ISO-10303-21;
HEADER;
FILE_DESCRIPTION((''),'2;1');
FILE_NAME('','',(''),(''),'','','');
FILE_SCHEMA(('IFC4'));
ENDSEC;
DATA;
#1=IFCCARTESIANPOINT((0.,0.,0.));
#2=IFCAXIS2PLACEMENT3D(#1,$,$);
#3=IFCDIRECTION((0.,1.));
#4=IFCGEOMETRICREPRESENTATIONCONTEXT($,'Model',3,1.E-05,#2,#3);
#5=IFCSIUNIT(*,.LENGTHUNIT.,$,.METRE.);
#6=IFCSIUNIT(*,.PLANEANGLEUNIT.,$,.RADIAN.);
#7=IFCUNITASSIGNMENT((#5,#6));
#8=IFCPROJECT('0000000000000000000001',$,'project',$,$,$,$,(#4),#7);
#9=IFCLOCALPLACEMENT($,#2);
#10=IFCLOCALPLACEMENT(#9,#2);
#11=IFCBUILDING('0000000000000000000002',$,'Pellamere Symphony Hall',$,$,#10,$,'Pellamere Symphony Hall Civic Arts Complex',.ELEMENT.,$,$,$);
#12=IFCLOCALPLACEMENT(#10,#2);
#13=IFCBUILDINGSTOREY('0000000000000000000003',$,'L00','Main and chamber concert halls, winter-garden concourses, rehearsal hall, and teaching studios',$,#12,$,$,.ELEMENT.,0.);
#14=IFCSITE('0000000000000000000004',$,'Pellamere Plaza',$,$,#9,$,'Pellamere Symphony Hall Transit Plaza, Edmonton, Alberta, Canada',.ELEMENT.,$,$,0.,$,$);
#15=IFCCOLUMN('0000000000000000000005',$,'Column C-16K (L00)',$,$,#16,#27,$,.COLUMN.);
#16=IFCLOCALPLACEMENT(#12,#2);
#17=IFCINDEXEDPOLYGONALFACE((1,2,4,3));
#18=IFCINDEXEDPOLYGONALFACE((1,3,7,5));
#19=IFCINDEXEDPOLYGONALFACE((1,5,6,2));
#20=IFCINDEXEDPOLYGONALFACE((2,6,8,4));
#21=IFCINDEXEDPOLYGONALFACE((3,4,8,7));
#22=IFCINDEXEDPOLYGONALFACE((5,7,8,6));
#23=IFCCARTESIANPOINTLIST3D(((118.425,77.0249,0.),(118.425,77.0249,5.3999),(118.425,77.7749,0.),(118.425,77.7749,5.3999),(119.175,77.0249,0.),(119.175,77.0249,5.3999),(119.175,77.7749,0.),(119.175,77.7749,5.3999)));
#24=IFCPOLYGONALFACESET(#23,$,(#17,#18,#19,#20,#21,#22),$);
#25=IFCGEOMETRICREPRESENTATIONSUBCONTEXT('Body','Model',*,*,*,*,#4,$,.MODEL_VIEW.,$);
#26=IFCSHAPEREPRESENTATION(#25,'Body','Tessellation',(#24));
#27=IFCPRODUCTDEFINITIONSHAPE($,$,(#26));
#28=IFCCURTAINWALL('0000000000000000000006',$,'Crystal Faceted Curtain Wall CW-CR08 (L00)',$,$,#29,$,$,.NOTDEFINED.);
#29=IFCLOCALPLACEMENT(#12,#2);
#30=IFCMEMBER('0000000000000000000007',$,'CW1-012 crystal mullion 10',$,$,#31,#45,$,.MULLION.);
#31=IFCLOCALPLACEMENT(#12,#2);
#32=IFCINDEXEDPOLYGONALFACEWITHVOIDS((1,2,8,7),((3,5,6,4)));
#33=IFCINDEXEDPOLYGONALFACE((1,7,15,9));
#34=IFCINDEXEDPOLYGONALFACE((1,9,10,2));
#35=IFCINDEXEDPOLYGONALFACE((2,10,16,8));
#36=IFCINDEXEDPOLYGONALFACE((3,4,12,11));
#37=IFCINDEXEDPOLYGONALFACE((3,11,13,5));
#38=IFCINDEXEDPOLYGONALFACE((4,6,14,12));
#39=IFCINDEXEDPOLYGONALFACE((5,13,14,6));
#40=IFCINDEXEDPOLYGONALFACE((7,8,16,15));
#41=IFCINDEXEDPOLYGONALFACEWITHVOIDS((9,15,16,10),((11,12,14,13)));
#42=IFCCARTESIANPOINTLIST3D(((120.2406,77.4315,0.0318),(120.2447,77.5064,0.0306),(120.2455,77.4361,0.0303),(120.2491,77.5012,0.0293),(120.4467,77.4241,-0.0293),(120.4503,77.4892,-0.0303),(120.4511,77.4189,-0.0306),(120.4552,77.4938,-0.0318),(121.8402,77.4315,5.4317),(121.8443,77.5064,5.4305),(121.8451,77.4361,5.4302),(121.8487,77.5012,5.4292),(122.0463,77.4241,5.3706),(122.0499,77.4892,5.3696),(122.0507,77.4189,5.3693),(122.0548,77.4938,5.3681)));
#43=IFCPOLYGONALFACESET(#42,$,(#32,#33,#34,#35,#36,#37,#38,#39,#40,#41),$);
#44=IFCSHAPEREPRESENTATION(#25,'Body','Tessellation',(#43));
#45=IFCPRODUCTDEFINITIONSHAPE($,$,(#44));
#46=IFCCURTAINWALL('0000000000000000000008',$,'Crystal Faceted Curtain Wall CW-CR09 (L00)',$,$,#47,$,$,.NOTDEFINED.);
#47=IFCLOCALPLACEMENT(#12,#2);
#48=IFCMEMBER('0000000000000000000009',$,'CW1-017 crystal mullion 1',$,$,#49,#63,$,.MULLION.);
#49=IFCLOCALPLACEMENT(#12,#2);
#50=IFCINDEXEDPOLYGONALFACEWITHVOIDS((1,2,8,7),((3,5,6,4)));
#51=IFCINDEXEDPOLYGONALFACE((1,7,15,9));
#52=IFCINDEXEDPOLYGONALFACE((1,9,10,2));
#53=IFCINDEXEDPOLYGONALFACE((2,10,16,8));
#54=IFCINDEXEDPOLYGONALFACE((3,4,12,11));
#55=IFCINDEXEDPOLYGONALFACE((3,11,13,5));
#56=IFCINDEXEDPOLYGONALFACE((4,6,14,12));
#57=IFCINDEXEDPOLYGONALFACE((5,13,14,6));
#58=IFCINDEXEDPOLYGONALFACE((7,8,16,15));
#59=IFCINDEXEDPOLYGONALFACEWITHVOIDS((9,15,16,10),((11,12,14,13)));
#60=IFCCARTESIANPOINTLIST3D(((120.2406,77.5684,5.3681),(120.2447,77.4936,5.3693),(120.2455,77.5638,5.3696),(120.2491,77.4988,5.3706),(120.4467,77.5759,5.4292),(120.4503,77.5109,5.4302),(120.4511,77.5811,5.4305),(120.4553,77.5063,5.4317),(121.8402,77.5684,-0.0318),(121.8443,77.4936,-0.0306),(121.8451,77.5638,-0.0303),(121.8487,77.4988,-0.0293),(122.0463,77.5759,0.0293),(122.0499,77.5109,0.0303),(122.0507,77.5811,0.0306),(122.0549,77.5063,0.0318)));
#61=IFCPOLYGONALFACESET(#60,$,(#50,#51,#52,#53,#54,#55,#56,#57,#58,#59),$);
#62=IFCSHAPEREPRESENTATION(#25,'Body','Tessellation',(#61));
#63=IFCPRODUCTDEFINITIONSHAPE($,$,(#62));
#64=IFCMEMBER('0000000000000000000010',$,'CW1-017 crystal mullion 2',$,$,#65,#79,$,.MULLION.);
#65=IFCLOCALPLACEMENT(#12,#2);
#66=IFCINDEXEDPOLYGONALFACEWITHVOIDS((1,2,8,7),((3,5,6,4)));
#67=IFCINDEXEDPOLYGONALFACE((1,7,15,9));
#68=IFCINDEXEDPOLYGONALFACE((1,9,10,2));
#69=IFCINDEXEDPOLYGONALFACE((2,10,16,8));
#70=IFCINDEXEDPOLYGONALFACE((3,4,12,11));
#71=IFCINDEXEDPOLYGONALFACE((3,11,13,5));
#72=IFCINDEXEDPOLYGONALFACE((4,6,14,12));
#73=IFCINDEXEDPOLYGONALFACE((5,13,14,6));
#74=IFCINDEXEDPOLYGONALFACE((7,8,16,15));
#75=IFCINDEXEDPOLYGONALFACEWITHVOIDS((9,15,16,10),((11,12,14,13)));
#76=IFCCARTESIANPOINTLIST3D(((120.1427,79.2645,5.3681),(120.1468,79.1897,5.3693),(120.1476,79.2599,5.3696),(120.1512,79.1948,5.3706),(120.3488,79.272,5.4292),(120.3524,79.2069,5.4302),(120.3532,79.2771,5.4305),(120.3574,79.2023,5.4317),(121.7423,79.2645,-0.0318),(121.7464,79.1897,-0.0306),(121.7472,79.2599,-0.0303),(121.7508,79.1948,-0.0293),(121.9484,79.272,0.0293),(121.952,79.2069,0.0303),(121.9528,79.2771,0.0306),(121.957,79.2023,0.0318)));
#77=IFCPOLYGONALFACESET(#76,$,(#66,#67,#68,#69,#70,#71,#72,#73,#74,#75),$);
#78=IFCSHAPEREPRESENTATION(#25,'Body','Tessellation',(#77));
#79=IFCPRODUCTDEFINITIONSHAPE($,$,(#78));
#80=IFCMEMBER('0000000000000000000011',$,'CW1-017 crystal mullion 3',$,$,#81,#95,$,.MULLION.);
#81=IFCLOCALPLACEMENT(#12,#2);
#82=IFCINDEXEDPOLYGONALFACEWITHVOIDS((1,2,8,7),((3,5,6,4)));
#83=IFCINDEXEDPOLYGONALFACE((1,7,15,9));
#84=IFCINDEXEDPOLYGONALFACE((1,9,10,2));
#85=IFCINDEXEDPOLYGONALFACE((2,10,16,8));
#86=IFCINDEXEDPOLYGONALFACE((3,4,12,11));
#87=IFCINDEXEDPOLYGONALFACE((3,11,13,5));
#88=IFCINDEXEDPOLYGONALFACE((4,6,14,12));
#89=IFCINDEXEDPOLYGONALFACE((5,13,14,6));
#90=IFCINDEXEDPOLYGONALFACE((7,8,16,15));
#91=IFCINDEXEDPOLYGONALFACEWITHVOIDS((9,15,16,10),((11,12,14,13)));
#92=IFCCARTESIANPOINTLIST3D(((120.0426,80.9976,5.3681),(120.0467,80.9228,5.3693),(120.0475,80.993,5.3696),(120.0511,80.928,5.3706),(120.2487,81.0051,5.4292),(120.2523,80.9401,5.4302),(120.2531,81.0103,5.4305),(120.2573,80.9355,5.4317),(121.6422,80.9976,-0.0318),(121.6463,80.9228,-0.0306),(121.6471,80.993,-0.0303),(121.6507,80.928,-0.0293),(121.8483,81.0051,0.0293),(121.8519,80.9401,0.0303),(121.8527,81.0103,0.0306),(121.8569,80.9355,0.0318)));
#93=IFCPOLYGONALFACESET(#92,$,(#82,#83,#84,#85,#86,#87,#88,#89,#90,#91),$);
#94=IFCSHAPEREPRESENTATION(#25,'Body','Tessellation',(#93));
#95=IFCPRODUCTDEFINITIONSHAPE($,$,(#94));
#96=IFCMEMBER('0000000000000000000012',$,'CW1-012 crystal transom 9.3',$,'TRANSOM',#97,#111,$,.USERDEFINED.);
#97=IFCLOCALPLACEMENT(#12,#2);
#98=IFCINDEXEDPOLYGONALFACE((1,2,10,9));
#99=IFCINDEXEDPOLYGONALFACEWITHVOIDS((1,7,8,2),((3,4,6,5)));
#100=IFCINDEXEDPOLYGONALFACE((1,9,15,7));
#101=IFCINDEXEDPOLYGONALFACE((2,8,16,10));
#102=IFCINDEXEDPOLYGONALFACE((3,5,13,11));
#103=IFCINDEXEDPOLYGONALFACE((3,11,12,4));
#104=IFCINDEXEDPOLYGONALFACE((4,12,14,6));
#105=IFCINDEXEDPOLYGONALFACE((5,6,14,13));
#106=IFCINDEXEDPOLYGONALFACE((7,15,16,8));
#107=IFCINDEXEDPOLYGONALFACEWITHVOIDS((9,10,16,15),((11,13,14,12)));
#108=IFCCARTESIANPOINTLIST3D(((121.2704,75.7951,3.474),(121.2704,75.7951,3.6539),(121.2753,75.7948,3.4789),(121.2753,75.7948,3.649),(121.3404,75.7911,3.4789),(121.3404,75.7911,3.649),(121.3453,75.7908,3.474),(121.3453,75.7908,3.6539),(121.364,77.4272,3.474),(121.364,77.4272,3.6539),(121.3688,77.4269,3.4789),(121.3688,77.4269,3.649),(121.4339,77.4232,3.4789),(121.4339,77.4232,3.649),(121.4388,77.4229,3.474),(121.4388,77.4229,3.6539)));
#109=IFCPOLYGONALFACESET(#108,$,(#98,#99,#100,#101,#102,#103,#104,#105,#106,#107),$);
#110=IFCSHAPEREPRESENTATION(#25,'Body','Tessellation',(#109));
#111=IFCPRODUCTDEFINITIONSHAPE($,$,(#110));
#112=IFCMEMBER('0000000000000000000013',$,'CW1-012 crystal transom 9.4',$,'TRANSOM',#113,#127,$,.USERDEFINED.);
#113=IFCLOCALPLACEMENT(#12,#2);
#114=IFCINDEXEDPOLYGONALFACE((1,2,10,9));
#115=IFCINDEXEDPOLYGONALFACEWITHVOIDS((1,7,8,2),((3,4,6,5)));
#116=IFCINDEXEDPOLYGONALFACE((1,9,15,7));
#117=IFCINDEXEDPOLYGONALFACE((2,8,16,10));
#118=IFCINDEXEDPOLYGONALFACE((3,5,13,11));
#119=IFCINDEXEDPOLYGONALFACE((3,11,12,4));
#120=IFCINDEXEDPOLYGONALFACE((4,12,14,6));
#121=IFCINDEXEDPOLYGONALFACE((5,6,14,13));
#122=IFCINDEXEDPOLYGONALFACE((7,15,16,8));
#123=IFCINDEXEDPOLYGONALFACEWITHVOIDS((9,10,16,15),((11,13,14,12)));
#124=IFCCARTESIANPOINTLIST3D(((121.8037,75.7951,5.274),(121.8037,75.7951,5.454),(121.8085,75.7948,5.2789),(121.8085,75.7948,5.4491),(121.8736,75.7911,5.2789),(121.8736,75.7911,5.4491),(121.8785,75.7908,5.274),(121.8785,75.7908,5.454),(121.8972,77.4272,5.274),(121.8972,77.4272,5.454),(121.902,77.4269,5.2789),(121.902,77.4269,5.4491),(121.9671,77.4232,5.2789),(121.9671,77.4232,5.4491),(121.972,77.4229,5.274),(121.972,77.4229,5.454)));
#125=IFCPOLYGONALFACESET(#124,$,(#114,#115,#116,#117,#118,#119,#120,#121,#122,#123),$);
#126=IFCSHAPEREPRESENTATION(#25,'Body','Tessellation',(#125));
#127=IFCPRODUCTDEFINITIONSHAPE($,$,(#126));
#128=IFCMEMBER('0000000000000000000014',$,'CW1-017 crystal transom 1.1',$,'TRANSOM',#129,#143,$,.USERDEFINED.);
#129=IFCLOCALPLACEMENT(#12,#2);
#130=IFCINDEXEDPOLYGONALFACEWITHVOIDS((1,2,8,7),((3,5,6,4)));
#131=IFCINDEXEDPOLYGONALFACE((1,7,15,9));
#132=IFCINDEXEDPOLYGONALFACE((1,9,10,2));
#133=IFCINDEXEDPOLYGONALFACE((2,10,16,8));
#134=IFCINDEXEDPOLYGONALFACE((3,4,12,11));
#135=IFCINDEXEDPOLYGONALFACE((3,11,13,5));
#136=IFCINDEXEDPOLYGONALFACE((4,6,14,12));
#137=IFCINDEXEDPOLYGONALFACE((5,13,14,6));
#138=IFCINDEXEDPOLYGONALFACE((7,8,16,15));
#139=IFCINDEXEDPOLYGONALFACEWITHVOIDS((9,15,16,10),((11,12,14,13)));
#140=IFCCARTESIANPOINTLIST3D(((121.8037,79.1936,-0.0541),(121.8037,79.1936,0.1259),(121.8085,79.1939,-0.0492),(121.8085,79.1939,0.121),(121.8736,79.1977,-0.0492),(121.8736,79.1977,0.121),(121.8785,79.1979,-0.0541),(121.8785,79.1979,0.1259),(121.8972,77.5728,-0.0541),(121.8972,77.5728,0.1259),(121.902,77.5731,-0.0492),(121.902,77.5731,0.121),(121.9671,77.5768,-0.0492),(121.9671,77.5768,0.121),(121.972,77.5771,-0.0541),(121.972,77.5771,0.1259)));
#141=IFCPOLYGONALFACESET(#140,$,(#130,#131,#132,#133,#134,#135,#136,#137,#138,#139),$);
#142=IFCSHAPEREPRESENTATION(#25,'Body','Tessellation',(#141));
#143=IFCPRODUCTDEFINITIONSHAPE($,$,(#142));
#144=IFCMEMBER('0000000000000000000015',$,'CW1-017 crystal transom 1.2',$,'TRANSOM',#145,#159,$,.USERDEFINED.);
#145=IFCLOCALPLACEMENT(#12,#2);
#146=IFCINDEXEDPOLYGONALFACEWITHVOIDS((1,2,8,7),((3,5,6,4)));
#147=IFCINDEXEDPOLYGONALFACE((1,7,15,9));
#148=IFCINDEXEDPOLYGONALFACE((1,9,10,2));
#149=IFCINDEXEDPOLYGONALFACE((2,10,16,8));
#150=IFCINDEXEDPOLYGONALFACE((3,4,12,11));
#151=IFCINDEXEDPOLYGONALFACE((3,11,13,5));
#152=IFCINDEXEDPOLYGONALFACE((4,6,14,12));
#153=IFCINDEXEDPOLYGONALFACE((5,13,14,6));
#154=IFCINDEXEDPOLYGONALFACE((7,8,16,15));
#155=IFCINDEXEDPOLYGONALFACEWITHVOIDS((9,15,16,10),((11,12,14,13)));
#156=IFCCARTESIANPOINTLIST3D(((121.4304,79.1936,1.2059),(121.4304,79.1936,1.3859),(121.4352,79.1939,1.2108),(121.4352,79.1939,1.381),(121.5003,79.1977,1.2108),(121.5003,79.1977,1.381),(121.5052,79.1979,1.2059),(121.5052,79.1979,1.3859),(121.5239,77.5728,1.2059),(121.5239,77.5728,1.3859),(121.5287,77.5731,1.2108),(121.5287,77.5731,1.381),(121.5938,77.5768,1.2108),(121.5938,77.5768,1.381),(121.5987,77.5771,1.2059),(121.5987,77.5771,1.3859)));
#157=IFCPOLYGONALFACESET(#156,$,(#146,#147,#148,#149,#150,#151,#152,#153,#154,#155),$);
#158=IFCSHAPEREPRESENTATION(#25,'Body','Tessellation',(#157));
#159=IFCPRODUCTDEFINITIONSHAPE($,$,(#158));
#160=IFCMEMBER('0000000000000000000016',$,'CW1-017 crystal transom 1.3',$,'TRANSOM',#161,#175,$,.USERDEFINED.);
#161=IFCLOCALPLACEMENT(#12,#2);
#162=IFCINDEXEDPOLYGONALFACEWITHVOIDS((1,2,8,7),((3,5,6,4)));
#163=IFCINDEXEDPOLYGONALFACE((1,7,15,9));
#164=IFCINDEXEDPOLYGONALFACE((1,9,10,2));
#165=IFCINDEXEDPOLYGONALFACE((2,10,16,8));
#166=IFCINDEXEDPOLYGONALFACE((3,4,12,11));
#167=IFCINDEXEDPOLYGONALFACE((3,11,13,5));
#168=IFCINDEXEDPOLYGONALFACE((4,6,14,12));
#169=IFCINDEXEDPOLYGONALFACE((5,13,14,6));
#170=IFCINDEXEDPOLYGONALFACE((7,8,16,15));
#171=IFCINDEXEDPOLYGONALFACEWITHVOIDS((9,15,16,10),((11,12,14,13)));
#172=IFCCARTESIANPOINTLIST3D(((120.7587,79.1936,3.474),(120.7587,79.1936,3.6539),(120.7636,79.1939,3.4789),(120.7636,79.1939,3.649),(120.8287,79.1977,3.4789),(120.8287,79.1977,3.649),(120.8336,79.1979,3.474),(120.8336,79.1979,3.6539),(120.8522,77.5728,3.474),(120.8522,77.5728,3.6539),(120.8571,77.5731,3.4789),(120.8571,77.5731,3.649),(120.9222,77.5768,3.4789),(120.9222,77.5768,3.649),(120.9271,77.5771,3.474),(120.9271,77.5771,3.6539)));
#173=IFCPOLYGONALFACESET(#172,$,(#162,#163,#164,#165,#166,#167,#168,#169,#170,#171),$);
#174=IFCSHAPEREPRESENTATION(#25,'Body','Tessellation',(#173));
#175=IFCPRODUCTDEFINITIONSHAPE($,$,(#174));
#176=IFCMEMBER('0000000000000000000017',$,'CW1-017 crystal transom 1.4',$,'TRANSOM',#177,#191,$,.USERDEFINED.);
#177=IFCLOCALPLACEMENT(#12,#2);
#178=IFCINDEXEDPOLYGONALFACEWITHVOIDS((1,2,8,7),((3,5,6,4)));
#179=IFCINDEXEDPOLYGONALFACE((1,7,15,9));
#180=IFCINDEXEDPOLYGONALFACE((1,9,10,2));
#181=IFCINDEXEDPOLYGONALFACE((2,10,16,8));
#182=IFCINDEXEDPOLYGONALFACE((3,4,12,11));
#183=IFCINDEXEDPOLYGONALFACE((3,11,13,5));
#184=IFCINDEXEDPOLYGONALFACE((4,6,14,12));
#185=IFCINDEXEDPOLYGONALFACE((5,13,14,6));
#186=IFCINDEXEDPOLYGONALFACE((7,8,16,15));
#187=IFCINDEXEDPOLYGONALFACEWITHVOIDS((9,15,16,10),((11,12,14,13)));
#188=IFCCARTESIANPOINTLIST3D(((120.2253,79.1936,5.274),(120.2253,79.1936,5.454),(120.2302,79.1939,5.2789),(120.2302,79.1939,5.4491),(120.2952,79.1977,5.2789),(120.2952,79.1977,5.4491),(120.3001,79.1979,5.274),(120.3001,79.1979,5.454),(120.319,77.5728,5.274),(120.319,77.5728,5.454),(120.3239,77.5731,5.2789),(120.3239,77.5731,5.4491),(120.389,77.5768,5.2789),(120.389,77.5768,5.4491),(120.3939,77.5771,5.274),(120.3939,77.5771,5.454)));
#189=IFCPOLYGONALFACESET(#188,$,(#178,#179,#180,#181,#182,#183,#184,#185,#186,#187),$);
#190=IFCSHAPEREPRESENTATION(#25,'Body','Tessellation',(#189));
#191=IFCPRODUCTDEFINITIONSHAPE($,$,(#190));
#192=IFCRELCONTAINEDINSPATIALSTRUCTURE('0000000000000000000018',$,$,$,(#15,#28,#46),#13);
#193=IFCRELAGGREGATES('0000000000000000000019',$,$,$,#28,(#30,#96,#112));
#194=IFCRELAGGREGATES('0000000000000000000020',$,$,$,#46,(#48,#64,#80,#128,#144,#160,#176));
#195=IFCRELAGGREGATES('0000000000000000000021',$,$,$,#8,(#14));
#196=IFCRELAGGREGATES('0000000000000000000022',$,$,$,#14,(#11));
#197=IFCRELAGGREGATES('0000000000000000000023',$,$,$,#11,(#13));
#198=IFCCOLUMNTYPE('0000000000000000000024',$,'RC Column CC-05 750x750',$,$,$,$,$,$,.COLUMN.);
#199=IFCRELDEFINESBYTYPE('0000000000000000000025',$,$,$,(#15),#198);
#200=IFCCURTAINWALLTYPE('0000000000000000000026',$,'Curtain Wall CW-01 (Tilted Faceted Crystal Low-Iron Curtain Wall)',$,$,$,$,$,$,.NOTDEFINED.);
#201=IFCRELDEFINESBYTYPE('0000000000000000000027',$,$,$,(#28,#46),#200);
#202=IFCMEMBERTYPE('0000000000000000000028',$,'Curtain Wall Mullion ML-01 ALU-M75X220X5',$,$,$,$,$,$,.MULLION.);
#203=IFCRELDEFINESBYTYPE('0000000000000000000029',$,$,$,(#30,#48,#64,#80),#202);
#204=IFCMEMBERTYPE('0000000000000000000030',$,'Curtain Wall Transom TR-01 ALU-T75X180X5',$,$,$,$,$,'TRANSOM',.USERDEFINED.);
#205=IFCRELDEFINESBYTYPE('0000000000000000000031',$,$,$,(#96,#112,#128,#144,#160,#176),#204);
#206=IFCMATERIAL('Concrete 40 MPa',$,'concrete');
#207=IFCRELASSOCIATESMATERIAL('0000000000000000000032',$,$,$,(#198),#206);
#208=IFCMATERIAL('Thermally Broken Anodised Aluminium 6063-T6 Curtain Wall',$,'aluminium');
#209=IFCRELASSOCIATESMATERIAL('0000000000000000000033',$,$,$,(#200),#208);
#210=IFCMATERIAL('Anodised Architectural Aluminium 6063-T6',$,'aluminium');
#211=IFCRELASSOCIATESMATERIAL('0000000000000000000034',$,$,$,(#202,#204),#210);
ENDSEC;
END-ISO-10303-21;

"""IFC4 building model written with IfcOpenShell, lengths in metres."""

from ifc_helpers import new_model, si_unit, direction, frame, origin, origin_2d, place, context, subcontext, project, spatial, rectangle, hollow_rectangle, extrude, material, material_profile, profile_set, type_object, element, aggregate, save


model = new_model("IFC4")

# Units and contexts
model_context = context("Model", 3, precision=1e-05, world=origin(), true_north=direction((0.0, 1.0)))
body_context = subcontext(model_context, "Body", "Model", "MODEL_VIEW")
ifc_project = project(units=[si_unit("LENGTHUNIT", "METRE"), si_unit("PLANEANGLEUNIT", "RADIAN")], contexts=[model_context])

# Site, building, storey
site_placement = place(None, origin())
site = spatial("IfcSite", under=ifc_project, at=site_placement, Name="Pellamere Plaza", LongName="Pellamere Symphony Hall Transit Plaza, Edmonton, Alberta, Canada", CompositionType="ELEMENT", RefElevation=0.0)
building_placement = place(site_placement, origin())
building = spatial("IfcBuilding", under=site, at=building_placement, Name="Pellamere Symphony Hall", LongName="Pellamere Symphony Hall Civic Arts Complex", CompositionType="ELEMENT")
storey_placement = place(building_placement, origin())
storey = spatial("IfcBuildingStorey", under=building, at=storey_placement, Name="L00", Description="Main and chamber concert halls, winter-garden concourses, rehearsal hall, and teaching studios", CompositionType="ELEMENT", Elevation=0.0)

# Column
ifc_material_1 = material(Name="Concrete 40 MPa", Category="concrete")
ifc_material_profile_1 = material_profile(ifc_material_1, rectangle(XDim=0.75, YDim=0.75, at=origin_2d()), Name="RC 750x750")
ifc_profile_set_1 = profile_set([ifc_material_profile_1], Name="Concrete 40 MPa")
column_type = type_object("IfcColumnType", Name="RC Column CC-05 750x750", PredefinedType="COLUMN", material=ifc_profile_set_1)
column_placement = place(storey_placement, frame((118.8, 77.3999, 0.0), z_axis=(0.0, 0.0, 1.0), x_axis=(1.0, 0.0, 0.0)))
element("IfcColumn", 1, at=column_placement, inside=storey, type_object=column_type, Name="Column C-16K (L00)", PredefinedType="COLUMN", context=body_context, shape_type="SweptSolid", body=[
    extrude(rectangle(XDim=0.75, YDim=0.75, at=origin_2d()), origin(), (0.0, 0.0, 1.0), 5.3999),
])

# Curtain wall, member
ifc_material_2 = material(Name="Thermally Broken Anodised Aluminium 6063-T6 Curtain Wall", Category="aluminium")
curtain_wall_type = type_object("IfcCurtainWallType", Name="Curtain Wall CW-01 (Tilted Faceted Crystal Low-Iron Curtain Wall)", PredefinedType="NOTDEFINED", material=ifc_material_2)
curtain_wall_1_placement = place(storey_placement, origin())
curtain_wall_1 = element("IfcCurtainWall", 2, at=curtain_wall_1_placement, inside=storey, type_object=curtain_wall_type, Name="Crystal Faceted Curtain Wall CW-CR08 (L00)", PredefinedType="NOTDEFINED")
ifc_material_3 = material(Name="Anodised Architectural Aluminium 6063-T6", Category="aluminium")
ifc_material_profile_2 = material_profile(ifc_material_3, hollow_rectangle(XDim=0.075, YDim=0.22, WallThickness=0.0049, at=origin_2d()), Name="ALU-M75X220X5")
ifc_profile_set_2 = profile_set([ifc_material_profile_2], Name="Anodised Architectural Aluminium 6063-T6")
member_type_1 = type_object("IfcMemberType", Name="Curtain Wall Mullion ML-01 ALU-M75X220X5", PredefinedType="MULLION", material=ifc_profile_set_2)
member_1_placement = place(storey_placement, frame((120.3479, 77.4626, 0.0), z_axis=(0.284029, 0.0, 0.958816), x_axis=(-0.054874, -0.998361, 0.016255)))
member_1 = element("IfcMember", 3, at=member_1_placement, type_object=member_type_1, Name="CW1-012 crystal mullion 10", PredefinedType="MULLION", context=body_context, shape_type="SweptSolid", body=[
    extrude(hollow_rectangle(XDim=0.075, YDim=0.22, WallThickness=0.0049, at=origin_2d()), origin(), (0.0, 0.0, 1.0), 5.6318),
])

# Curtain wall, members
curtain_wall_2_placement = place(storey_placement, origin())
curtain_wall_2 = element("IfcCurtainWall", 4, at=curtain_wall_2_placement, inside=storey, type_object=curtain_wall_type, Name="Crystal Faceted Curtain Wall CW-CR09 (L00)", PredefinedType="NOTDEFINED")
member_2_placement = place(storey_placement, frame((121.9475, 77.5374, 0.0), z_axis=(-0.284029, 0.0, 0.958816), x_axis=(-0.055224, 0.99834, -0.016359)))
member_2 = element("IfcMember", 5, at=member_2_placement, type_object=member_type_1, Name="CW1-017 crystal mullion 1", PredefinedType="MULLION", context=body_context, shape_type="SweptSolid", body=[
    extrude(hollow_rectangle(XDim=0.075, YDim=0.22, WallThickness=0.0049, at=origin_2d()), origin(), (0.0, 0.0, 1.0), 5.6318),
])
member_3_placement = place(storey_placement, frame((121.8496, 79.2334, 0.0), z_axis=(-0.284029, 0.0, 0.958816), x_axis=(-0.055224, 0.99834, -0.016359)))
member_3 = element("IfcMember", 6, at=member_3_placement, type_object=member_type_1, Name="CW1-017 crystal mullion 2", PredefinedType="MULLION", context=body_context, shape_type="SweptSolid", body=[
    extrude(hollow_rectangle(XDim=0.075, YDim=0.22, WallThickness=0.0049, at=origin_2d()), origin(), (0.0, 0.0, 1.0), 5.6318),
])
member_4_placement = place(storey_placement, frame((121.7495, 80.9666, 0.0), z_axis=(-0.284029, 0.0, 0.958816), x_axis=(-0.055224, 0.99834, -0.016359)))
member_4 = element("IfcMember", 7, at=member_4_placement, type_object=member_type_1, Name="CW1-017 crystal mullion 3", PredefinedType="MULLION", context=body_context, shape_type="SweptSolid", body=[
    extrude(hollow_rectangle(XDim=0.075, YDim=0.22, WallThickness=0.0049, at=origin_2d()), origin(), (0.0, 0.0, 1.0), 5.6318),
])

# Members
ifc_material_profile_3 = material_profile(ifc_material_3, hollow_rectangle(XDim=0.075, YDim=0.1799, WallThickness=0.0049, at=origin_2d()), Name="ALU-T75X180X5")
ifc_profile_set_3 = profile_set([ifc_material_profile_3], Name="Anodised Architectural Aluminium 6063-T6")
member_type_2 = type_object("IfcMemberType", Name="Curtain Wall Transom TR-01 ALU-T75X180X5", ElementType="TRANSOM", PredefinedType="USERDEFINED", material=ifc_profile_set_3)
member_5_placement = place(storey_placement, frame((121.3079, 75.793, 3.564), z_axis=(0.057199, 0.998363, 0.0), x_axis=(-0.998363, 0.057199, 0.0)))
member_5 = element("IfcMember", 8, at=member_5_placement, type_object=member_type_2, Name="CW1-012 crystal transom 9.3", ObjectType="TRANSOM", PredefinedType="USERDEFINED", context=body_context, shape_type="SweptSolid", body=[
    extrude(hollow_rectangle(XDim=0.075, YDim=0.1799, WallThickness=0.0049, at=origin_2d()), origin(), (0.0, 0.0, 1.0), 1.6348),
])
member_6_placement = place(storey_placement, frame((121.8411, 75.793, 5.364), z_axis=(0.057199, 0.998363, 0.0), x_axis=(-0.998363, 0.057199, 0.0)))
member_6 = element("IfcMember", 9, at=member_6_placement, type_object=member_type_2, Name="CW1-012 crystal transom 9.4", ObjectType="TRANSOM", PredefinedType="USERDEFINED", context=body_context, shape_type="SweptSolid", body=[
    extrude(hollow_rectangle(XDim=0.075, YDim=0.1799, WallThickness=0.0049, at=origin_2d()), origin(), (0.0, 0.0, 1.0), 1.6348),
])
member_7_placement = place(storey_placement, frame((121.9346, 77.575, 0.0359), z_axis=(-0.057594, 0.99834, 0.0), x_axis=(-0.99834, -0.057594, 0.0)))
member_7 = element("IfcMember", 10, at=member_7_placement, type_object=member_type_2, Name="CW1-017 crystal transom 1.1", ObjectType="TRANSOM", PredefinedType="USERDEFINED", context=body_context, shape_type="SweptSolid", body=[
    extrude(hollow_rectangle(XDim=0.075, YDim=0.1799, WallThickness=0.0049, at=origin_2d()), origin(), (0.0, 0.0, 1.0), 1.6235),
])
member_8_placement = place(storey_placement, frame((121.5613, 77.575, 1.2959), z_axis=(-0.057594, 0.99834, 0.0), x_axis=(-0.99834, -0.057594, 0.0)))
member_8 = element("IfcMember", 11, at=member_8_placement, type_object=member_type_2, Name="CW1-017 crystal transom 1.2", ObjectType="TRANSOM", PredefinedType="USERDEFINED", context=body_context, shape_type="SweptSolid", body=[
    extrude(hollow_rectangle(XDim=0.075, YDim=0.1799, WallThickness=0.0049, at=origin_2d()), origin(), (0.0, 0.0, 1.0), 1.6235),
])
member_9_placement = place(storey_placement, frame((120.8896, 77.575, 3.564), z_axis=(-0.057594, 0.99834, 0.0), x_axis=(-0.99834, -0.057594, 0.0)))
member_9 = element("IfcMember", 12, at=member_9_placement, type_object=member_type_2, Name="CW1-017 crystal transom 1.3", ObjectType="TRANSOM", PredefinedType="USERDEFINED", context=body_context, shape_type="SweptSolid", body=[
    extrude(hollow_rectangle(XDim=0.075, YDim=0.1799, WallThickness=0.0049, at=origin_2d()), origin(), (0.0, 0.0, 1.0), 1.6235),
])
member_10_placement = place(storey_placement, frame((120.3564, 77.575, 5.364), z_axis=(-0.057744, 0.998331, 0.0), x_axis=(-0.998331, -0.057744, 0.0)))
member_10 = element("IfcMember", 13, at=member_10_placement, type_object=member_type_2, Name="CW1-017 crystal transom 1.4", ObjectType="TRANSOM", PredefinedType="USERDEFINED", context=body_context, shape_type="SweptSolid", body=[
    extrude(hollow_rectangle(XDim=0.075, YDim=0.1799, WallThickness=0.0049, at=origin_2d()), origin(), (0.0, 0.0, 1.0), 1.6235),
])

aggregate(curtain_wall_1, [member_1, member_5, member_6])
aggregate(curtain_wall_2, [member_2, member_3, member_4, member_7, member_8, member_9, member_10])

save(model, "model.ifc")
